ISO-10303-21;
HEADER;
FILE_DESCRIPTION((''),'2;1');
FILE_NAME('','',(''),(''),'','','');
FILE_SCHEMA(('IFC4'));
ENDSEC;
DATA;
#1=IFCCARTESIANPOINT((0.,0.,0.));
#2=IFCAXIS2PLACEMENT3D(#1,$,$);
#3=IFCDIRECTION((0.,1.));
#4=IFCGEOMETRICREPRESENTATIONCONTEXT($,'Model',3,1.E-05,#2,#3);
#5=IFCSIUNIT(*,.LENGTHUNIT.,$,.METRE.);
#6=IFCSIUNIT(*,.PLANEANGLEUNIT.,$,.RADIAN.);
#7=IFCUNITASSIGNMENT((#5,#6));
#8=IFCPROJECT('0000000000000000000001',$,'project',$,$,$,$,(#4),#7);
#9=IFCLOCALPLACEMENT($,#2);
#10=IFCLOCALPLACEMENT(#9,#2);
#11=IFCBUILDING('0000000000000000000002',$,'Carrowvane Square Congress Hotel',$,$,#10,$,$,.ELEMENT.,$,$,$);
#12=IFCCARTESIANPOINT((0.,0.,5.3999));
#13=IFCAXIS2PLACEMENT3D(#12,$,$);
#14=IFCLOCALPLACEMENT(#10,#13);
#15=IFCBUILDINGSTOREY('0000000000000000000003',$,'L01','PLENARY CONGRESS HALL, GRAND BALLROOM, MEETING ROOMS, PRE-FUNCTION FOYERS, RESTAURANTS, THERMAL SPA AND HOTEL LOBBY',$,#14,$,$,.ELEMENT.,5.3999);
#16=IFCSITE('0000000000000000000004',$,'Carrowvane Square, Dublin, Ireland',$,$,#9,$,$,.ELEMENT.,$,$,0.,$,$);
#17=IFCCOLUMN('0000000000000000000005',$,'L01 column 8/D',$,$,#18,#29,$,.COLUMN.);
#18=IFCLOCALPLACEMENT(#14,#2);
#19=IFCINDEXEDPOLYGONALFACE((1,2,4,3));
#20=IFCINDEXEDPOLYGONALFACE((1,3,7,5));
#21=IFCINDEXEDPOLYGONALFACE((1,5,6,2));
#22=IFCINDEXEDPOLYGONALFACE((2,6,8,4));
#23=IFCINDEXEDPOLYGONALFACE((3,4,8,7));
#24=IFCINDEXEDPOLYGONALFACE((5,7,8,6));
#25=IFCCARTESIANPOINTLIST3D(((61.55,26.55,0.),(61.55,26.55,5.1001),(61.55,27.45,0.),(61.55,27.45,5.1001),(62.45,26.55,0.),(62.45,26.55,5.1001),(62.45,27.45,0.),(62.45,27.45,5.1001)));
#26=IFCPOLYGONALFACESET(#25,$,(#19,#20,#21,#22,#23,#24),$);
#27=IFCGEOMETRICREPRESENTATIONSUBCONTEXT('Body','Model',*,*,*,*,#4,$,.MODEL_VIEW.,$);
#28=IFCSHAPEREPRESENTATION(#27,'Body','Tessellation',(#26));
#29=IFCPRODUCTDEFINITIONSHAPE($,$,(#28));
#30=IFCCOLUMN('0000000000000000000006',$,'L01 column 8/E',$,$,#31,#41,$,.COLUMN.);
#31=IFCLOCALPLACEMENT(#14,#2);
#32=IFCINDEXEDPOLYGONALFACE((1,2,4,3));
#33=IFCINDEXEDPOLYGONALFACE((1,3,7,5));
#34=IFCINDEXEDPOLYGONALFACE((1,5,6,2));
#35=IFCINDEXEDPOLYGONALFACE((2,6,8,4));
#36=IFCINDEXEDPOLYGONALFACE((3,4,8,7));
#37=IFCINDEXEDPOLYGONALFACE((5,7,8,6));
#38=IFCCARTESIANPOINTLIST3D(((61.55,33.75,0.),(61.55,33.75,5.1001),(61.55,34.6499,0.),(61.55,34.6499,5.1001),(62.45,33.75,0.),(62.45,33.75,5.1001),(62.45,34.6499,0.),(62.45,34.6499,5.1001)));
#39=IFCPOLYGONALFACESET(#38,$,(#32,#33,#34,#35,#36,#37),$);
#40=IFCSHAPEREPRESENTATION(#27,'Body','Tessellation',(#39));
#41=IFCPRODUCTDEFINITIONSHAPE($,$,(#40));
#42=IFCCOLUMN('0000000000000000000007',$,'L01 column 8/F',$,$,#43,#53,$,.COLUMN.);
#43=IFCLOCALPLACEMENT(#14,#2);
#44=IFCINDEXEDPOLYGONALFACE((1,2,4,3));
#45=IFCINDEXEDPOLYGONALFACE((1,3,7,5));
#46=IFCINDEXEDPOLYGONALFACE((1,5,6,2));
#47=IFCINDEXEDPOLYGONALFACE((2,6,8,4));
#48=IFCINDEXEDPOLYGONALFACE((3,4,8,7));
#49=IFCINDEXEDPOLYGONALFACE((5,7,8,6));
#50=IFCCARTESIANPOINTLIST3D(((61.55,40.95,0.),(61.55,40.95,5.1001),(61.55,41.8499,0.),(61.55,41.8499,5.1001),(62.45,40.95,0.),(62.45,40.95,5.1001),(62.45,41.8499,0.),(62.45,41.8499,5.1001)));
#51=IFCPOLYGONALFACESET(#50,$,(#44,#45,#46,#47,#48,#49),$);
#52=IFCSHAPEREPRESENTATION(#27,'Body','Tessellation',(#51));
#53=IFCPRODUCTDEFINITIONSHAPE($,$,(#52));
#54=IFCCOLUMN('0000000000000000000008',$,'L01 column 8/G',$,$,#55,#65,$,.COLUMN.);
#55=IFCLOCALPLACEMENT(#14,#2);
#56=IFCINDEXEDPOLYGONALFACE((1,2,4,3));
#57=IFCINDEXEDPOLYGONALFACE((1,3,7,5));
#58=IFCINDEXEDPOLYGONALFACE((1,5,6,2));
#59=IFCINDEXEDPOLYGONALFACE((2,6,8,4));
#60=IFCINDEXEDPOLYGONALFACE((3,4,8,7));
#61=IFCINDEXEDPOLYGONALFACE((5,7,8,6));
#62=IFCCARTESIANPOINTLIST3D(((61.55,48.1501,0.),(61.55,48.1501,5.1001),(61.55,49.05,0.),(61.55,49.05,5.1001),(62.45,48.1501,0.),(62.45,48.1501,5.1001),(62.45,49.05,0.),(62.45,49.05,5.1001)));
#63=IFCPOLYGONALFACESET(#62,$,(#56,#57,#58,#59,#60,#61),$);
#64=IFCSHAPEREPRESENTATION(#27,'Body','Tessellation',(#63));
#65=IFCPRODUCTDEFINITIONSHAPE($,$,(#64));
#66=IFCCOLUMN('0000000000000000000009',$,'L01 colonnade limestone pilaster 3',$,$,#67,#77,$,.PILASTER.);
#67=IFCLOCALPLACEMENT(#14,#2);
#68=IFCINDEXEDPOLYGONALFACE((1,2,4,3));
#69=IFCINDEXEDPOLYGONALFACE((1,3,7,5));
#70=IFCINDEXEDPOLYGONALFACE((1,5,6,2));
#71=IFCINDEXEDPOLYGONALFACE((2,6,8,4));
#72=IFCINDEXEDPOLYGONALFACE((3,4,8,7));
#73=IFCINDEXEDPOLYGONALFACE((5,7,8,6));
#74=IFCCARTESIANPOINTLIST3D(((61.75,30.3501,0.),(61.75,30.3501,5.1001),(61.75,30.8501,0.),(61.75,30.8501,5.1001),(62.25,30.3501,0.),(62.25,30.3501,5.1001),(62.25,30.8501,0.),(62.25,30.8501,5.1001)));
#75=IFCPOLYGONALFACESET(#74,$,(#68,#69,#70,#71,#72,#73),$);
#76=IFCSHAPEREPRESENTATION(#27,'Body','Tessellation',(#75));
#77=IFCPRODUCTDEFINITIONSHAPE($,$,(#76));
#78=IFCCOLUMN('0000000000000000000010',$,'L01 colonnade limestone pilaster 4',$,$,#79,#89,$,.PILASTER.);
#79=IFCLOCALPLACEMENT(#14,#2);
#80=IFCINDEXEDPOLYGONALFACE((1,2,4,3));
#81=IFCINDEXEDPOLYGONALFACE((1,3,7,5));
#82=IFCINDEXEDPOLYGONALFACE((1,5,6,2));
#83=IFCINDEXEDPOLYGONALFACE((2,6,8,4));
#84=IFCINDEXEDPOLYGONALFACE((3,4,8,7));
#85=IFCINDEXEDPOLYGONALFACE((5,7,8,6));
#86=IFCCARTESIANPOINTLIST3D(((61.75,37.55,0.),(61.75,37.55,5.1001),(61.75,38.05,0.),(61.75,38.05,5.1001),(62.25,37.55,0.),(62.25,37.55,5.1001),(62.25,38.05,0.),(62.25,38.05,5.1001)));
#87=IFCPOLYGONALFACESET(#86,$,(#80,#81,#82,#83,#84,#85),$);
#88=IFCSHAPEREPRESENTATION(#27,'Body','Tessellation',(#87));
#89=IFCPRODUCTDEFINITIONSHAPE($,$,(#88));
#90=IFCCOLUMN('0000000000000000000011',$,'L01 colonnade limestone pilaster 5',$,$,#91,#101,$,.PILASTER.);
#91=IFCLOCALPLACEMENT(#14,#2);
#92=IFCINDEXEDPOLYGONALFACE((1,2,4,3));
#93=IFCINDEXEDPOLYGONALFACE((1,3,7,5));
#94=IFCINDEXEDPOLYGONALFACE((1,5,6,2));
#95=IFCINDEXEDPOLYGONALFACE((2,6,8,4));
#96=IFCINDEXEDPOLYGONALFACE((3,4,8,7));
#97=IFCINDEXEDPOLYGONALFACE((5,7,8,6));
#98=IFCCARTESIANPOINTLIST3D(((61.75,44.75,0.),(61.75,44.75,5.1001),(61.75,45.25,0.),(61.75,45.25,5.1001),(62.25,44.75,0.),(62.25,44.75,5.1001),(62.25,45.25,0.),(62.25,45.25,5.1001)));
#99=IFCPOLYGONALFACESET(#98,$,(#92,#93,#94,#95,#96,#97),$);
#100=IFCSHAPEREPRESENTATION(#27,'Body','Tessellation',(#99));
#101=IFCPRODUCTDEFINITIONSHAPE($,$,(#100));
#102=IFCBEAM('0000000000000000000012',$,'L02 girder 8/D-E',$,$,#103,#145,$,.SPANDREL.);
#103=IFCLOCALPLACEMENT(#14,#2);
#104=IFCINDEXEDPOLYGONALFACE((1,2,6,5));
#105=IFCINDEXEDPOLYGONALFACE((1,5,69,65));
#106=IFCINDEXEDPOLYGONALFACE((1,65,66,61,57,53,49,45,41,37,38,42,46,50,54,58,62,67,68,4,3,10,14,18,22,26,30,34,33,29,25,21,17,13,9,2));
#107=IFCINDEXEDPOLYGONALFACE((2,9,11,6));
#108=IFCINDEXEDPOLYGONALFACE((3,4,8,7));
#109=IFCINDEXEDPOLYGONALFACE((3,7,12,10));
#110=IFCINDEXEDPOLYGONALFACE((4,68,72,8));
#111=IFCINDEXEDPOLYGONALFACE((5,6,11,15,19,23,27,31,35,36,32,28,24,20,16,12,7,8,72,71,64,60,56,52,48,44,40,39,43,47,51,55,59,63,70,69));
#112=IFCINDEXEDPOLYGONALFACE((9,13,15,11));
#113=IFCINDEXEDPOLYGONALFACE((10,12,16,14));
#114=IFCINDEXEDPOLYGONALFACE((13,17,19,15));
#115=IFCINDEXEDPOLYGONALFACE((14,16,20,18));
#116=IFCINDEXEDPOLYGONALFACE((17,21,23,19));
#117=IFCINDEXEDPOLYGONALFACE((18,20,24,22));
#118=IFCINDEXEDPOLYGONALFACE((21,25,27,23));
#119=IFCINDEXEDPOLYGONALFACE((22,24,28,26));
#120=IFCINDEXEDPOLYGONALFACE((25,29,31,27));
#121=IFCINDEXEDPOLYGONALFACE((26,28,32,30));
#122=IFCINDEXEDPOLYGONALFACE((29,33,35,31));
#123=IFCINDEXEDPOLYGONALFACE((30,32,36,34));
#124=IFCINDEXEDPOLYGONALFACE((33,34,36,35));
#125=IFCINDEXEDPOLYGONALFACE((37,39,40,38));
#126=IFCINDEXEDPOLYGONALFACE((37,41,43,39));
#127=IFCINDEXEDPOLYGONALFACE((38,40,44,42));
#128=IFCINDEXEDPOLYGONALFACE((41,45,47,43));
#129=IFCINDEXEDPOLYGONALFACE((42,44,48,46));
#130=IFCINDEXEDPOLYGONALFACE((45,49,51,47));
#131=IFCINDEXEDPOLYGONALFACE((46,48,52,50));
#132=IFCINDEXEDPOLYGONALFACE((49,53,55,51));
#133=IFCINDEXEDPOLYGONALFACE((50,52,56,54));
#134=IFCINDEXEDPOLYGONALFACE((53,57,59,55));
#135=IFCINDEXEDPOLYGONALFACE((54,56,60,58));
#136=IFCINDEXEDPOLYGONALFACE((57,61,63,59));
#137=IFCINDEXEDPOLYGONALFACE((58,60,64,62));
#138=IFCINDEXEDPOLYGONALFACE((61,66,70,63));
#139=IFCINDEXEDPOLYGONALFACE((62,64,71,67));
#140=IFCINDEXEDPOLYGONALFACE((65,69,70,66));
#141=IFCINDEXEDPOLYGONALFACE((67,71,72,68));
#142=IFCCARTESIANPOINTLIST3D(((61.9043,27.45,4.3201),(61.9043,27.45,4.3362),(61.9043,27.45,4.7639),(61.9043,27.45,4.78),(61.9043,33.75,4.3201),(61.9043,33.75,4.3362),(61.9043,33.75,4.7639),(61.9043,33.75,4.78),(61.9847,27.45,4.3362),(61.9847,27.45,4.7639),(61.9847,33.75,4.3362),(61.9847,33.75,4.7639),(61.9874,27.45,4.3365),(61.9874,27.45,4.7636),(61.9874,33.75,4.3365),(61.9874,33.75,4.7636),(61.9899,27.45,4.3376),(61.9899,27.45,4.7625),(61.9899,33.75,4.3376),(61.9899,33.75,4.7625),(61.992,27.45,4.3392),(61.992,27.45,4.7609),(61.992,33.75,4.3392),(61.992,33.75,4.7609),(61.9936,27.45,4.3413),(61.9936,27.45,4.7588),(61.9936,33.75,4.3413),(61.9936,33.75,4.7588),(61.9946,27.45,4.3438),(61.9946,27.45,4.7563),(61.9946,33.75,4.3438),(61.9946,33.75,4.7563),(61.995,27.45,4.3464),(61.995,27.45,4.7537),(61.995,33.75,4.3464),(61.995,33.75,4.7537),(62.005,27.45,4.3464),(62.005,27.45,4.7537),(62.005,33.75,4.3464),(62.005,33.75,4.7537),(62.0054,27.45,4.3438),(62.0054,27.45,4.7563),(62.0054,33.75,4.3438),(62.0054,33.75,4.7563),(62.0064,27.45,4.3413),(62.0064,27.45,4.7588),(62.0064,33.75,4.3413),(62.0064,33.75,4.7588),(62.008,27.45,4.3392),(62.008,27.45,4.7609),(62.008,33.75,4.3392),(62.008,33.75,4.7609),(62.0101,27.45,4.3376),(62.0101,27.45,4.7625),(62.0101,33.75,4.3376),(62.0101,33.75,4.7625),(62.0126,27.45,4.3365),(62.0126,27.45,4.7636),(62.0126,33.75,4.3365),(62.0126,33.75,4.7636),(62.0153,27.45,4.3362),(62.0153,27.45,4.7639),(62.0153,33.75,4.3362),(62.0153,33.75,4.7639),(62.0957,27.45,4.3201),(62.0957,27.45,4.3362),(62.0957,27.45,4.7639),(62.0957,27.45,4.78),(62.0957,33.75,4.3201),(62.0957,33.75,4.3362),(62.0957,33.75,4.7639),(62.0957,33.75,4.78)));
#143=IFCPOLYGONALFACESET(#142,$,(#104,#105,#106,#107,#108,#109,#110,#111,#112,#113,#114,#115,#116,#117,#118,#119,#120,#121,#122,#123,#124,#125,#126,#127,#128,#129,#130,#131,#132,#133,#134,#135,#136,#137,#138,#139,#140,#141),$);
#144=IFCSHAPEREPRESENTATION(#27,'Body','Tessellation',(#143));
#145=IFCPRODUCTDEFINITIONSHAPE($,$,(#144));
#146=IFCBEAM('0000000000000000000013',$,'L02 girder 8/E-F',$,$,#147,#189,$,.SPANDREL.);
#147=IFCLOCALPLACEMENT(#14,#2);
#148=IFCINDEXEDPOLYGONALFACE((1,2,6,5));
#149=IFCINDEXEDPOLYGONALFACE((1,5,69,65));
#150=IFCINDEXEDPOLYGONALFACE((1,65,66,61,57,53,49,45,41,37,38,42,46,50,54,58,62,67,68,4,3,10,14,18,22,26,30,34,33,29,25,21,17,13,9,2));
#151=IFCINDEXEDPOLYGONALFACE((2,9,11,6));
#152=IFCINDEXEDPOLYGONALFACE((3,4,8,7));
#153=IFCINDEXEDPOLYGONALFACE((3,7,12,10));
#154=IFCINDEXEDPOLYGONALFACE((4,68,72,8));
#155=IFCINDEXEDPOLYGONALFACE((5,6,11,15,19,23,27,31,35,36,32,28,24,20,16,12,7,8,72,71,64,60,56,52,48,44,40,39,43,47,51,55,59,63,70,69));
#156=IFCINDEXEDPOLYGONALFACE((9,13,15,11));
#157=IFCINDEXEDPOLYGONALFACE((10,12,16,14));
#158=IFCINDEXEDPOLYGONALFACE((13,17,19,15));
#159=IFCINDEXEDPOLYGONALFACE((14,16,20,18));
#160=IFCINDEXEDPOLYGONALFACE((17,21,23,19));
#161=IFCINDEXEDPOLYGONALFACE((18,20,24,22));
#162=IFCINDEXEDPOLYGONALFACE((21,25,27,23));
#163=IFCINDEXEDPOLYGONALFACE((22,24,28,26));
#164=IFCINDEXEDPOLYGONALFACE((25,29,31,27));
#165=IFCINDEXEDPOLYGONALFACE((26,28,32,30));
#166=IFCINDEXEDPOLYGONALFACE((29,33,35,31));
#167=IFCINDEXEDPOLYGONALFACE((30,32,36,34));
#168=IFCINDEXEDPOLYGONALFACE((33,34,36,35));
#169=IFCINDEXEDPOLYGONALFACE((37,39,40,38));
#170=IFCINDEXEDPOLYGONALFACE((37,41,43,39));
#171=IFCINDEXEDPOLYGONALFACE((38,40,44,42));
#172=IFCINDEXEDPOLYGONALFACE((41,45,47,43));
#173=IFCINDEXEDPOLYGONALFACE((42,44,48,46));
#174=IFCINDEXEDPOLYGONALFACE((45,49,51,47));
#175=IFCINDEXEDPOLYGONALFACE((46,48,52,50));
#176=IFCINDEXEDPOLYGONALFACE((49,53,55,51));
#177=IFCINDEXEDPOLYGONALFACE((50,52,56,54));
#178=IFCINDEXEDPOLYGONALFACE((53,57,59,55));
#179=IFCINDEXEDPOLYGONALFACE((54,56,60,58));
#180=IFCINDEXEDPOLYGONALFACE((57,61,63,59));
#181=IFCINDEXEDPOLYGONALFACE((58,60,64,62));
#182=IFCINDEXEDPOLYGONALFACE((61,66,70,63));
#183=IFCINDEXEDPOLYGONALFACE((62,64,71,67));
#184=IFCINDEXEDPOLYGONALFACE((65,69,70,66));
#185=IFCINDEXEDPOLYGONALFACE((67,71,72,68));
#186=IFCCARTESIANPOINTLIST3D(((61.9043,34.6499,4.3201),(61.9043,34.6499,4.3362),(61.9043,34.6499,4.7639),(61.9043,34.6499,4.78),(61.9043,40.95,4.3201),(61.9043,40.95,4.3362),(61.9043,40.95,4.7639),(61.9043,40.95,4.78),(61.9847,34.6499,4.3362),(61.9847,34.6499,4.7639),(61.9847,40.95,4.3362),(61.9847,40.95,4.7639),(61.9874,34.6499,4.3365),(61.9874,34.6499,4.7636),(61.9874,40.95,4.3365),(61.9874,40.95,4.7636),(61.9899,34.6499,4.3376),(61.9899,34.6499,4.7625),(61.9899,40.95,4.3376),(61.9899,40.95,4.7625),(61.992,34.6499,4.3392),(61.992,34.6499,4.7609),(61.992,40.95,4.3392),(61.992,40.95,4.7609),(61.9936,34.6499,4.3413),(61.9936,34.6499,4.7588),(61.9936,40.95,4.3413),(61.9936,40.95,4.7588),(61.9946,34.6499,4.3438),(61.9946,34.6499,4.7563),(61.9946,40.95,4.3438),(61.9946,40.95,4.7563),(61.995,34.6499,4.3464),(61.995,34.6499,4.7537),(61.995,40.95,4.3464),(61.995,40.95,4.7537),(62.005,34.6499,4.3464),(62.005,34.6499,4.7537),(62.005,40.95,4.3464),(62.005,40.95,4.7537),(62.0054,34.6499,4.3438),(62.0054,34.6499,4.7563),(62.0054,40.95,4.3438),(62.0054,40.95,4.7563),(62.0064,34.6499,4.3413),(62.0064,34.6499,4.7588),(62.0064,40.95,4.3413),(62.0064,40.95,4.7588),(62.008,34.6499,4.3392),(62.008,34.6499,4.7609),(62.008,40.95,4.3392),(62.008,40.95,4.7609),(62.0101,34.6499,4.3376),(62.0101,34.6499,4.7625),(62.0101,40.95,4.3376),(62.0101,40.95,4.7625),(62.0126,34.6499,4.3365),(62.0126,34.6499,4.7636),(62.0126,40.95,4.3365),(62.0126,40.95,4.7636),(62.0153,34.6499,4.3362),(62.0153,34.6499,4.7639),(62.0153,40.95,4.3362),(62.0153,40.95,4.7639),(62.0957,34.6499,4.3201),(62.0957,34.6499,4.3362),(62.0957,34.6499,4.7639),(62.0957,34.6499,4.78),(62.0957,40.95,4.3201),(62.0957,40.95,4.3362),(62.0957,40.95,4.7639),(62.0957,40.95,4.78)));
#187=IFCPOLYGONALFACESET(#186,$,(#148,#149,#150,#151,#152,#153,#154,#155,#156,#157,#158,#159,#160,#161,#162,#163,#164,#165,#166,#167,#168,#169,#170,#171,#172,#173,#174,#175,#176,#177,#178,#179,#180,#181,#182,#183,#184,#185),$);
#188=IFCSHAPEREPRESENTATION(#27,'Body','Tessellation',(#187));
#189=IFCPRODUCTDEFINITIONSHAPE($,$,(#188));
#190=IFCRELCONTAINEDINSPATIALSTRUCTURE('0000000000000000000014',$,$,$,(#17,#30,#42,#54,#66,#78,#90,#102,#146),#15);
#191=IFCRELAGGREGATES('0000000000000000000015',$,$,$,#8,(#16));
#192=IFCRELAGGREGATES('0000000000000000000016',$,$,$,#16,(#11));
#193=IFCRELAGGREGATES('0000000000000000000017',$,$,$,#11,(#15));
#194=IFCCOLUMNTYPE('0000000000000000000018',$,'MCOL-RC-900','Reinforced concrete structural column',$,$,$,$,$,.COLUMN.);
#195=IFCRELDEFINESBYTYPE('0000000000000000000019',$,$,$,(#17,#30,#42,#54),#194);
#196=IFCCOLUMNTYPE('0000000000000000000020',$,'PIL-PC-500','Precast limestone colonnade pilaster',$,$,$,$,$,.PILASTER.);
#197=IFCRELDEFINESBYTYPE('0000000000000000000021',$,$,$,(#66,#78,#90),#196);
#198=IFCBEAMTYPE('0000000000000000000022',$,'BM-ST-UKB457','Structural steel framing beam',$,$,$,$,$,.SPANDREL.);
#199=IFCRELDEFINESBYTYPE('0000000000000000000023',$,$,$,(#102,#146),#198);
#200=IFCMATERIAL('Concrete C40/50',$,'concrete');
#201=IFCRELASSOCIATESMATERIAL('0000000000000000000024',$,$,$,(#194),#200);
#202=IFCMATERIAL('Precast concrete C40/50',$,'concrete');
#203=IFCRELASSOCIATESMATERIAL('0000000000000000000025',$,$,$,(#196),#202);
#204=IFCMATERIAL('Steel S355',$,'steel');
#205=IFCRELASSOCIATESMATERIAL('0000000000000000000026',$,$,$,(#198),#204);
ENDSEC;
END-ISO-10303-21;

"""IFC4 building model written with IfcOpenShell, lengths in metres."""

from ifc_helpers import new_model, si_unit, direction, frame, origin, origin_2d, place, context, subcontext, project, spatial, rectangle, i_section, extrude, material, material_profile, profile_set, type_object, element, save


model = new_model("IFC4")

# Units and contexts
model_context = context("Model", 3, precision=1e-05, world=origin(), true_north=direction((0.0, 1.0)))
body_context = subcontext(model_context, "Body", "Model", "MODEL_VIEW")
ifc_project = project(units=[si_unit("LENGTHUNIT", "METRE"), si_unit("PLANEANGLEUNIT", "RADIAN")], contexts=[model_context])

# Site, building, storey
site_placement = place(None, origin())
site = spatial("IfcSite", under=ifc_project, at=site_placement, Name="Carrowvane Square, Dublin, Ireland", CompositionType="ELEMENT", RefElevation=0.0)
building_placement = place(site_placement, origin())
building = spatial("IfcBuilding", under=site, at=building_placement, Name="Carrowvane Square Congress Hotel", CompositionType="ELEMENT")
storey_placement = place(building_placement, frame((0.0, 0.0, 5.3999)))
storey = spatial("IfcBuildingStorey", under=building, at=storey_placement, Name="L01", Description="PLENARY CONGRESS HALL, GRAND BALLROOM, MEETING ROOMS, PRE-FUNCTION FOYERS, RESTAURANTS, THERMAL SPA AND HOTEL LOBBY", CompositionType="ELEMENT", Elevation=5.3999)

# Columns
ifc_material_1 = material(Name="Concrete C40/50", Category="concrete")
ifc_material_profile_1 = material_profile(ifc_material_1, rectangle(XDim=0.8999, YDim=0.8999, at=origin_2d()), Name="RC 900x900")
ifc_profile_set_1 = profile_set([ifc_material_profile_1], Name="Concrete C40/50")
column_type_1 = type_object("IfcColumnType", Name="MCOL-RC-900", Description="Reinforced concrete structural column", PredefinedType="COLUMN", material=ifc_profile_set_1)
for number, where, z_axis, x_axis, name in (
    (1, (62.0, 27.0, 0.0), (0.0, 0.0, 1.0), (1.0, 0.0, 0.0), "L01 column 8/D"),
    (2, (62.0, 34.2, 0.0), (0.0, 0.0, 1.0), (1.0, 0.0, 0.0), "L01 column 8/E"),
    (3, (62.0, 41.3999, 0.0), (0.0, 0.0, 1.0), (1.0, 0.0, 0.0), "L01 column 8/F"),
    (4, (62.0, 48.6001, 0.0), (0.0, 0.0, 1.0), (1.0, 0.0, 0.0), "L01 column 8/G"),
):
    element("IfcColumn", number, at=place(storey_placement, frame(where, z_axis=z_axis, x_axis=x_axis)), inside=storey, type_object=column_type_1, Name=name, PredefinedType="COLUMN", context=body_context, shape_type="SweptSolid", body=[
        extrude(rectangle(XDim=0.8999, YDim=0.8999, at=origin_2d()), origin(), (0.0, 0.0, 1.0), 5.1001),
    ])
ifc_material_2 = material(Name="Precast concrete C40/50", Category="concrete")
ifc_material_profile_2 = material_profile(ifc_material_2, rectangle(XDim=0.5, YDim=0.5, at=origin_2d()), Name="RC 500x500")
ifc_profile_set_2 = profile_set([ifc_material_profile_2], Name="Precast concrete C40/50")
column_type_2 = type_object("IfcColumnType", Name="PIL-PC-500", Description="Precast limestone colonnade pilaster", PredefinedType="PILASTER", material=ifc_profile_set_2)
for number, where, z_axis, x_axis, name in (
    (5, (62.0, 30.6001, 0.0), (0.0, 0.0, 1.0), (1.0, 0.0, 0.0), "L01 colonnade limestone pilaster 3"),
    (6, (62.0, 37.8, 0.0), (0.0, 0.0, 1.0), (1.0, 0.0, 0.0), "L01 colonnade limestone pilaster 4"),
    (7, (62.0, 45.0, 0.0), (0.0, 0.0, 1.0), (1.0, 0.0, 0.0), "L01 colonnade limestone pilaster 5"),
):
    element("IfcColumn", number, at=place(storey_placement, frame(where, z_axis=z_axis, x_axis=x_axis)), inside=storey, type_object=column_type_2, Name=name, PredefinedType="PILASTER", context=body_context, shape_type="SweptSolid", body=[
        extrude(rectangle(XDim=0.5, YDim=0.5, at=origin_2d()), origin(), (0.0, 0.0, 1.0), 5.1001),
    ])

# Beams
ifc_material_3 = material(Name="Steel S355", Category="steel")
ifc_material_profile_3 = material_profile(ifc_material_3, i_section(OverallWidth=0.1914, OverallDepth=0.46, WebThickness=0.01, FlangeThickness=0.0161, FilletRadius=0.0103, at=origin_2d()), Name="UKB 457x191x82")
ifc_profile_set_3 = profile_set([ifc_material_profile_3], Name="Steel S355")
beam_type_1 = type_object("IfcBeamType", Name="BM-ST-UKB457", Description="Structural steel framing beam", PredefinedType="SPANDREL", material=ifc_profile_set_3)
for number, where, z_axis, x_axis, name in (
    (8, (62.0, 27.45, 4.55), (0.0, 1.0, 0.0), (-1.0, 0.0, 0.0), "L02 girder 8/D-E"),
    (9, (62.0, 34.6499, 4.55), (0.0, 1.0, 0.0), (-1.0, 0.0, 0.0), "L02 girder 8/E-F"),
):
    element("IfcBeam", number, at=place(storey_placement, frame(where, z_axis=z_axis, x_axis=x_axis)), inside=storey, type_object=beam_type_1, Name=name, PredefinedType="SPANDREL", context=body_context, shape_type="SweptSolid", body=[
        extrude(i_section(OverallWidth=0.1914, OverallDepth=0.46, WebThickness=0.01, FlangeThickness=0.0161, FilletRadius=0.0103, at=origin_2d()), origin(), (0.0, 0.0, 1.0), 6.3),
    ])

save(model, "model.ifc")
